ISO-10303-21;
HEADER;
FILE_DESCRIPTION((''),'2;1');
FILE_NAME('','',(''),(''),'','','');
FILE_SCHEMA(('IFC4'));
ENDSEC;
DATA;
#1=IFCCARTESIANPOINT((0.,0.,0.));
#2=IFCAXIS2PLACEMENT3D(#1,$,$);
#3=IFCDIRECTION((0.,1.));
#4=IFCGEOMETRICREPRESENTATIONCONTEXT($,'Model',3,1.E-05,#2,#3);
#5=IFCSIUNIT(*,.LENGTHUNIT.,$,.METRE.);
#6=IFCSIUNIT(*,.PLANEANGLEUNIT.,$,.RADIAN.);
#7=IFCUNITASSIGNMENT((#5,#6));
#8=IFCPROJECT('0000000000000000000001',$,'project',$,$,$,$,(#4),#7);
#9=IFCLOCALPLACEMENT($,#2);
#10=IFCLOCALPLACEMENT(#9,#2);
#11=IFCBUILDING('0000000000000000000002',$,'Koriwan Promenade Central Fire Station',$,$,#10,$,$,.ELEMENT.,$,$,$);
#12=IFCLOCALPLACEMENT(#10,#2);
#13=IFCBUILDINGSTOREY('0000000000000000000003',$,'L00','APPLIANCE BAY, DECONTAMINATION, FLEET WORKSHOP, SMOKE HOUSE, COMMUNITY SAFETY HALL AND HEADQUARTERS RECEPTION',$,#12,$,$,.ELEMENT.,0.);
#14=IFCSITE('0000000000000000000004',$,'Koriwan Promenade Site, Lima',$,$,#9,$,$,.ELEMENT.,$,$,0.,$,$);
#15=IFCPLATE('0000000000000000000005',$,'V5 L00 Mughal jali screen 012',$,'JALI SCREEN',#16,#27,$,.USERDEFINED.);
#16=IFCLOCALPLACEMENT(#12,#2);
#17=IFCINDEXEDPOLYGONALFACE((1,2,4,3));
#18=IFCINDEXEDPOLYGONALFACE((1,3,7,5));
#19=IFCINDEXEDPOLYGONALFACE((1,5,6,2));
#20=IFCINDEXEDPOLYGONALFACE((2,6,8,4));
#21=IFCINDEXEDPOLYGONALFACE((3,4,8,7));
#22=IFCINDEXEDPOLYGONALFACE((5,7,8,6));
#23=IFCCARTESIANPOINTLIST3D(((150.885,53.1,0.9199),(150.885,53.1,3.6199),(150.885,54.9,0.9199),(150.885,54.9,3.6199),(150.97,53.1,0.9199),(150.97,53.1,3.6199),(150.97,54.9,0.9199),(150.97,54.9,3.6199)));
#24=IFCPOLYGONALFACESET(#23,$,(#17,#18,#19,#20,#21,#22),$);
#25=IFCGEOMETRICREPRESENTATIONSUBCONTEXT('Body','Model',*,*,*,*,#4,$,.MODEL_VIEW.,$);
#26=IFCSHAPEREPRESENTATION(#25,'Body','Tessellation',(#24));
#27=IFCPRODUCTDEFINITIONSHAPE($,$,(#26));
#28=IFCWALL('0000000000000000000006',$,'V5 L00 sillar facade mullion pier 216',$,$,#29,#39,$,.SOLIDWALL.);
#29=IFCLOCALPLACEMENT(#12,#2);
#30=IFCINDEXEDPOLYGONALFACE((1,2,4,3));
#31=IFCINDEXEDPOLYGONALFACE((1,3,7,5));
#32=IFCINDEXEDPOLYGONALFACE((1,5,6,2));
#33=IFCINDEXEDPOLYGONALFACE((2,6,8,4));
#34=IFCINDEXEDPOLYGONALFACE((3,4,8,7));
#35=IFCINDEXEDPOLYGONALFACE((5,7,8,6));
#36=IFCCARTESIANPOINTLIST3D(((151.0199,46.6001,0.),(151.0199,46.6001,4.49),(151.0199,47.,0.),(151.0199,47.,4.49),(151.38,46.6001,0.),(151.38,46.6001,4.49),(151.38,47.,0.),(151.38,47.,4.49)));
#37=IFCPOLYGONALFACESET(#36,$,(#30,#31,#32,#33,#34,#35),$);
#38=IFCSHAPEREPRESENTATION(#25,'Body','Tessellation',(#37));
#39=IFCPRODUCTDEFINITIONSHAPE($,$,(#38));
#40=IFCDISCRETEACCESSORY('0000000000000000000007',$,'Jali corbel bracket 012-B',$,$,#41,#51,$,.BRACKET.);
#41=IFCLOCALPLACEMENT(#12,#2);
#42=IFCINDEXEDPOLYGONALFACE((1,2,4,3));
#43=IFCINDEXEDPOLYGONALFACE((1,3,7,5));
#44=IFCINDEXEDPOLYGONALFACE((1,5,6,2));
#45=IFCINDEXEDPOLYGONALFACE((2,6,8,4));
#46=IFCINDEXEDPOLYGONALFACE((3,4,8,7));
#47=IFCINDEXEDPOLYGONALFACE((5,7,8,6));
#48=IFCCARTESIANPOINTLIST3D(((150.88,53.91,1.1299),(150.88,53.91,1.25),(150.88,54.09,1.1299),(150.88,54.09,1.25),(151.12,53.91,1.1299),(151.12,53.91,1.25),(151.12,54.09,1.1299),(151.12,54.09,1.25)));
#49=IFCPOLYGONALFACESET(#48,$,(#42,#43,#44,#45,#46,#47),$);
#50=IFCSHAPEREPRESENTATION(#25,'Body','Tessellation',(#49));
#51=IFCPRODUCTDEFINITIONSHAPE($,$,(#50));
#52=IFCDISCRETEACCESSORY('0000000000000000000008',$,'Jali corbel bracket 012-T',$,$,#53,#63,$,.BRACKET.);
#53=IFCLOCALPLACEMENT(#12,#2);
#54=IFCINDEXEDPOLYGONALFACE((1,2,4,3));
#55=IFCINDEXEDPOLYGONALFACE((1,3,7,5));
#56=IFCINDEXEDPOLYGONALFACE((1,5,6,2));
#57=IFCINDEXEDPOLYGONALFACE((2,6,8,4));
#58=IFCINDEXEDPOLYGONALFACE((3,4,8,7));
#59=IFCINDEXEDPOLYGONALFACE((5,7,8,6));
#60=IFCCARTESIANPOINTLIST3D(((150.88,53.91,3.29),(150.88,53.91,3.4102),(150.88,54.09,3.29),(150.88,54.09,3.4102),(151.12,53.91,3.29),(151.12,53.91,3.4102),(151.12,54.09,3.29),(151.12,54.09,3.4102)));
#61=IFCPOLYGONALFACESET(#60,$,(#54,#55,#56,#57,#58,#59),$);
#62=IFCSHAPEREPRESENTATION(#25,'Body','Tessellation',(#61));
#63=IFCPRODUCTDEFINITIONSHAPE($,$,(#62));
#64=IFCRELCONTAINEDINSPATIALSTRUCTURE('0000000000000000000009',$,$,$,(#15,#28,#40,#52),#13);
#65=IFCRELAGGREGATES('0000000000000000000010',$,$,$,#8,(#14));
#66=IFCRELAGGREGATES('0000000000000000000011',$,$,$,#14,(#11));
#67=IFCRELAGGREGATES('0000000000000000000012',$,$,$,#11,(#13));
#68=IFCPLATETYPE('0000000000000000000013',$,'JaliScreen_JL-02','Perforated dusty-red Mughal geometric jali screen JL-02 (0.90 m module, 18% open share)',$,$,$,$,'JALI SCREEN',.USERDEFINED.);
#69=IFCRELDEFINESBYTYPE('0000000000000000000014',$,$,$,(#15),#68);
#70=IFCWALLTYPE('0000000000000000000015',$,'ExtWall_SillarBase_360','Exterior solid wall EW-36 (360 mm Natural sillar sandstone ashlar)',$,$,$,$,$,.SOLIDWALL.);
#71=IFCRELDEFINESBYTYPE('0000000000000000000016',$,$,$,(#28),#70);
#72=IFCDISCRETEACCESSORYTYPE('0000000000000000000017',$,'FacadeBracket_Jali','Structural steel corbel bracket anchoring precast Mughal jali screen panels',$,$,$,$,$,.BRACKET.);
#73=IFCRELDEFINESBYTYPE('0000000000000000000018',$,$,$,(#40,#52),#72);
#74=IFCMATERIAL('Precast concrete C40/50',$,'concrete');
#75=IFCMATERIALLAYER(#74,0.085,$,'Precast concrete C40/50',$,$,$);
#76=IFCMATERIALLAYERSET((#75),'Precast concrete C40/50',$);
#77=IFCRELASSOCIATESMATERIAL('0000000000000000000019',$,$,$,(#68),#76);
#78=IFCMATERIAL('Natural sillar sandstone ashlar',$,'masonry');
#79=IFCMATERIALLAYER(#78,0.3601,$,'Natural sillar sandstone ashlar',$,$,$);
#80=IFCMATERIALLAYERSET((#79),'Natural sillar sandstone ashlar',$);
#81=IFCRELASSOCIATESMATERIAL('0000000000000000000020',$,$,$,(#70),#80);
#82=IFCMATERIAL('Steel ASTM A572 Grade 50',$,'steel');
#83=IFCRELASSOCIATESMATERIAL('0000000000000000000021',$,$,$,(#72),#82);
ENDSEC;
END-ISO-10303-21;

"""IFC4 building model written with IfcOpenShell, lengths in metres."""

from ifc_helpers import new_model, si_unit, direction, frame, frame_2d, origin, origin_2d, place, context, subcontext, project, spatial, rectangle, extrude, material, layer, layer_set, type_object, element, save


model = new_model("IFC4")

# Units and contexts
model_context = context("Model", 3, precision=1e-05, world=origin(), true_north=direction((0.0, 1.0)))
body_context = subcontext(model_context, "Body", "Model", "MODEL_VIEW")
ifc_project = project(units=[si_unit("LENGTHUNIT", "METRE"), si_unit("PLANEANGLEUNIT", "RADIAN")], contexts=[model_context])

# Site, building, storey
site_placement = place(None, origin())
site = spatial("IfcSite", under=ifc_project, at=site_placement, Name="Koriwan Promenade Site, Lima", CompositionType="ELEMENT", RefElevation=0.0)
building_placement = place(site_placement, origin())
building = spatial("IfcBuilding", under=site, at=building_placement, Name="Koriwan Promenade Central Fire Station", CompositionType="ELEMENT")
storey_placement = place(building_placement, origin())
storey = spatial("IfcBuildingStorey", under=building, at=storey_placement, Name="L00", Description="APPLIANCE BAY, DECONTAMINATION, FLEET WORKSHOP, SMOKE HOUSE, COMMUNITY SAFETY HALL AND HEADQUARTERS RECEPTION", CompositionType="ELEMENT", Elevation=0.0)

# Plate
ifc_material_1 = material(Name="Precast concrete C40/50", Category="concrete")
ifc_layer_1 = layer(ifc_material_1, 0.085, Name="Precast concrete C40/50")
ifc_layer_set_1 = layer_set([ifc_layer_1], Name="Precast concrete C40/50")
plate_type_1 = type_object("IfcPlateType", Name="JaliScreen_JL-02", Description="Perforated dusty-red Mughal geometric jali screen JL-02 (0.90 m module, 18% open share)", ElementType="JALI SCREEN", PredefinedType="USERDEFINED", material=ifc_layer_set_1)
plate_1_placement = place(storey_placement, frame((150.9275, 54.0, 0.9199), z_axis=(0.0, 0.0, 1.0), x_axis=(0.0, 1.0, 0.0)))
element("IfcPlate", 1, at=plate_1_placement, inside=storey, type_object=plate_type_1, Name="V5 L00 Mughal jali screen 012", ObjectType="JALI SCREEN", PredefinedType="USERDEFINED", context=body_context, shape_type="SweptSolid", body=[
    extrude(rectangle(XDim=1.8, YDim=0.085, at=origin_2d()), origin(), (0.0, 0.0, 1.0), 2.7),
])

# Wall
ifc_material_2 = material(Name="Natural sillar sandstone ashlar", Category="masonry")
ifc_layer_2 = layer(ifc_material_2, 0.3601, Name="Natural sillar sandstone ashlar")
ifc_layer_set_2 = layer_set([ifc_layer_2], Name="Natural sillar sandstone ashlar")
wall_type = type_object("IfcWallType", Name="ExtWall_SillarBase_360", Description="Exterior solid wall EW-36 (360 mm Natural sillar sandstone ashlar)", PredefinedType="SOLIDWALL", material=ifc_layer_set_2)
wall_placement = place(storey_placement, frame((151.2, 46.6001, 0.0), z_axis=(0.0, 0.0, 1.0), x_axis=(0.0, 1.0, 0.0)))
element("IfcWall", 2, at=wall_placement, inside=storey, type_object=wall_type, Name="V5 L00 sillar facade mullion pier 216", PredefinedType="SOLIDWALL", context=body_context, shape_type="SweptSolid", body=[
    extrude(rectangle(XDim=0.3999, YDim=0.3601, at=frame_2d((0.2, 0.0))), origin(), (0.0, 0.0, 1.0), 4.49),
])

# Discrete accessories
ifc_material_3 = material(Name="Steel ASTM A572 Grade 50", Category="steel")
discrete_accessory_type = type_object("IfcDiscreteAccessoryType", Name="FacadeBracket_Jali", Description="Structural steel corbel bracket anchoring precast Mughal jali screen panels", PredefinedType="BRACKET", material=ifc_material_3)
for number, where, z_axis, x_axis, name in (
    (3, (151.0, 54.0, 1.1299), (0.0, 0.0, 1.0), (-1.0, 0.0, 0.0), "Jali corbel bracket 012-B"),
    (4, (151.0, 54.0, 3.29), (0.0, 0.0, 1.0), (-1.0, 0.0, 0.0), "Jali corbel bracket 012-T"),
):
    element("IfcDiscreteAccessory", number, at=place(storey_placement, frame(where, z_axis=z_axis, x_axis=x_axis)), inside=storey, type_object=discrete_accessory_type, Name=name, PredefinedType="BRACKET", context=body_context, shape_type="SweptSolid", body=[
        extrude(rectangle(XDim=0.24, YDim=0.1799, at=origin_2d()), origin(), (0.0, 0.0, 1.0), 0.1201),
    ])

save(model, "model.ifc")
